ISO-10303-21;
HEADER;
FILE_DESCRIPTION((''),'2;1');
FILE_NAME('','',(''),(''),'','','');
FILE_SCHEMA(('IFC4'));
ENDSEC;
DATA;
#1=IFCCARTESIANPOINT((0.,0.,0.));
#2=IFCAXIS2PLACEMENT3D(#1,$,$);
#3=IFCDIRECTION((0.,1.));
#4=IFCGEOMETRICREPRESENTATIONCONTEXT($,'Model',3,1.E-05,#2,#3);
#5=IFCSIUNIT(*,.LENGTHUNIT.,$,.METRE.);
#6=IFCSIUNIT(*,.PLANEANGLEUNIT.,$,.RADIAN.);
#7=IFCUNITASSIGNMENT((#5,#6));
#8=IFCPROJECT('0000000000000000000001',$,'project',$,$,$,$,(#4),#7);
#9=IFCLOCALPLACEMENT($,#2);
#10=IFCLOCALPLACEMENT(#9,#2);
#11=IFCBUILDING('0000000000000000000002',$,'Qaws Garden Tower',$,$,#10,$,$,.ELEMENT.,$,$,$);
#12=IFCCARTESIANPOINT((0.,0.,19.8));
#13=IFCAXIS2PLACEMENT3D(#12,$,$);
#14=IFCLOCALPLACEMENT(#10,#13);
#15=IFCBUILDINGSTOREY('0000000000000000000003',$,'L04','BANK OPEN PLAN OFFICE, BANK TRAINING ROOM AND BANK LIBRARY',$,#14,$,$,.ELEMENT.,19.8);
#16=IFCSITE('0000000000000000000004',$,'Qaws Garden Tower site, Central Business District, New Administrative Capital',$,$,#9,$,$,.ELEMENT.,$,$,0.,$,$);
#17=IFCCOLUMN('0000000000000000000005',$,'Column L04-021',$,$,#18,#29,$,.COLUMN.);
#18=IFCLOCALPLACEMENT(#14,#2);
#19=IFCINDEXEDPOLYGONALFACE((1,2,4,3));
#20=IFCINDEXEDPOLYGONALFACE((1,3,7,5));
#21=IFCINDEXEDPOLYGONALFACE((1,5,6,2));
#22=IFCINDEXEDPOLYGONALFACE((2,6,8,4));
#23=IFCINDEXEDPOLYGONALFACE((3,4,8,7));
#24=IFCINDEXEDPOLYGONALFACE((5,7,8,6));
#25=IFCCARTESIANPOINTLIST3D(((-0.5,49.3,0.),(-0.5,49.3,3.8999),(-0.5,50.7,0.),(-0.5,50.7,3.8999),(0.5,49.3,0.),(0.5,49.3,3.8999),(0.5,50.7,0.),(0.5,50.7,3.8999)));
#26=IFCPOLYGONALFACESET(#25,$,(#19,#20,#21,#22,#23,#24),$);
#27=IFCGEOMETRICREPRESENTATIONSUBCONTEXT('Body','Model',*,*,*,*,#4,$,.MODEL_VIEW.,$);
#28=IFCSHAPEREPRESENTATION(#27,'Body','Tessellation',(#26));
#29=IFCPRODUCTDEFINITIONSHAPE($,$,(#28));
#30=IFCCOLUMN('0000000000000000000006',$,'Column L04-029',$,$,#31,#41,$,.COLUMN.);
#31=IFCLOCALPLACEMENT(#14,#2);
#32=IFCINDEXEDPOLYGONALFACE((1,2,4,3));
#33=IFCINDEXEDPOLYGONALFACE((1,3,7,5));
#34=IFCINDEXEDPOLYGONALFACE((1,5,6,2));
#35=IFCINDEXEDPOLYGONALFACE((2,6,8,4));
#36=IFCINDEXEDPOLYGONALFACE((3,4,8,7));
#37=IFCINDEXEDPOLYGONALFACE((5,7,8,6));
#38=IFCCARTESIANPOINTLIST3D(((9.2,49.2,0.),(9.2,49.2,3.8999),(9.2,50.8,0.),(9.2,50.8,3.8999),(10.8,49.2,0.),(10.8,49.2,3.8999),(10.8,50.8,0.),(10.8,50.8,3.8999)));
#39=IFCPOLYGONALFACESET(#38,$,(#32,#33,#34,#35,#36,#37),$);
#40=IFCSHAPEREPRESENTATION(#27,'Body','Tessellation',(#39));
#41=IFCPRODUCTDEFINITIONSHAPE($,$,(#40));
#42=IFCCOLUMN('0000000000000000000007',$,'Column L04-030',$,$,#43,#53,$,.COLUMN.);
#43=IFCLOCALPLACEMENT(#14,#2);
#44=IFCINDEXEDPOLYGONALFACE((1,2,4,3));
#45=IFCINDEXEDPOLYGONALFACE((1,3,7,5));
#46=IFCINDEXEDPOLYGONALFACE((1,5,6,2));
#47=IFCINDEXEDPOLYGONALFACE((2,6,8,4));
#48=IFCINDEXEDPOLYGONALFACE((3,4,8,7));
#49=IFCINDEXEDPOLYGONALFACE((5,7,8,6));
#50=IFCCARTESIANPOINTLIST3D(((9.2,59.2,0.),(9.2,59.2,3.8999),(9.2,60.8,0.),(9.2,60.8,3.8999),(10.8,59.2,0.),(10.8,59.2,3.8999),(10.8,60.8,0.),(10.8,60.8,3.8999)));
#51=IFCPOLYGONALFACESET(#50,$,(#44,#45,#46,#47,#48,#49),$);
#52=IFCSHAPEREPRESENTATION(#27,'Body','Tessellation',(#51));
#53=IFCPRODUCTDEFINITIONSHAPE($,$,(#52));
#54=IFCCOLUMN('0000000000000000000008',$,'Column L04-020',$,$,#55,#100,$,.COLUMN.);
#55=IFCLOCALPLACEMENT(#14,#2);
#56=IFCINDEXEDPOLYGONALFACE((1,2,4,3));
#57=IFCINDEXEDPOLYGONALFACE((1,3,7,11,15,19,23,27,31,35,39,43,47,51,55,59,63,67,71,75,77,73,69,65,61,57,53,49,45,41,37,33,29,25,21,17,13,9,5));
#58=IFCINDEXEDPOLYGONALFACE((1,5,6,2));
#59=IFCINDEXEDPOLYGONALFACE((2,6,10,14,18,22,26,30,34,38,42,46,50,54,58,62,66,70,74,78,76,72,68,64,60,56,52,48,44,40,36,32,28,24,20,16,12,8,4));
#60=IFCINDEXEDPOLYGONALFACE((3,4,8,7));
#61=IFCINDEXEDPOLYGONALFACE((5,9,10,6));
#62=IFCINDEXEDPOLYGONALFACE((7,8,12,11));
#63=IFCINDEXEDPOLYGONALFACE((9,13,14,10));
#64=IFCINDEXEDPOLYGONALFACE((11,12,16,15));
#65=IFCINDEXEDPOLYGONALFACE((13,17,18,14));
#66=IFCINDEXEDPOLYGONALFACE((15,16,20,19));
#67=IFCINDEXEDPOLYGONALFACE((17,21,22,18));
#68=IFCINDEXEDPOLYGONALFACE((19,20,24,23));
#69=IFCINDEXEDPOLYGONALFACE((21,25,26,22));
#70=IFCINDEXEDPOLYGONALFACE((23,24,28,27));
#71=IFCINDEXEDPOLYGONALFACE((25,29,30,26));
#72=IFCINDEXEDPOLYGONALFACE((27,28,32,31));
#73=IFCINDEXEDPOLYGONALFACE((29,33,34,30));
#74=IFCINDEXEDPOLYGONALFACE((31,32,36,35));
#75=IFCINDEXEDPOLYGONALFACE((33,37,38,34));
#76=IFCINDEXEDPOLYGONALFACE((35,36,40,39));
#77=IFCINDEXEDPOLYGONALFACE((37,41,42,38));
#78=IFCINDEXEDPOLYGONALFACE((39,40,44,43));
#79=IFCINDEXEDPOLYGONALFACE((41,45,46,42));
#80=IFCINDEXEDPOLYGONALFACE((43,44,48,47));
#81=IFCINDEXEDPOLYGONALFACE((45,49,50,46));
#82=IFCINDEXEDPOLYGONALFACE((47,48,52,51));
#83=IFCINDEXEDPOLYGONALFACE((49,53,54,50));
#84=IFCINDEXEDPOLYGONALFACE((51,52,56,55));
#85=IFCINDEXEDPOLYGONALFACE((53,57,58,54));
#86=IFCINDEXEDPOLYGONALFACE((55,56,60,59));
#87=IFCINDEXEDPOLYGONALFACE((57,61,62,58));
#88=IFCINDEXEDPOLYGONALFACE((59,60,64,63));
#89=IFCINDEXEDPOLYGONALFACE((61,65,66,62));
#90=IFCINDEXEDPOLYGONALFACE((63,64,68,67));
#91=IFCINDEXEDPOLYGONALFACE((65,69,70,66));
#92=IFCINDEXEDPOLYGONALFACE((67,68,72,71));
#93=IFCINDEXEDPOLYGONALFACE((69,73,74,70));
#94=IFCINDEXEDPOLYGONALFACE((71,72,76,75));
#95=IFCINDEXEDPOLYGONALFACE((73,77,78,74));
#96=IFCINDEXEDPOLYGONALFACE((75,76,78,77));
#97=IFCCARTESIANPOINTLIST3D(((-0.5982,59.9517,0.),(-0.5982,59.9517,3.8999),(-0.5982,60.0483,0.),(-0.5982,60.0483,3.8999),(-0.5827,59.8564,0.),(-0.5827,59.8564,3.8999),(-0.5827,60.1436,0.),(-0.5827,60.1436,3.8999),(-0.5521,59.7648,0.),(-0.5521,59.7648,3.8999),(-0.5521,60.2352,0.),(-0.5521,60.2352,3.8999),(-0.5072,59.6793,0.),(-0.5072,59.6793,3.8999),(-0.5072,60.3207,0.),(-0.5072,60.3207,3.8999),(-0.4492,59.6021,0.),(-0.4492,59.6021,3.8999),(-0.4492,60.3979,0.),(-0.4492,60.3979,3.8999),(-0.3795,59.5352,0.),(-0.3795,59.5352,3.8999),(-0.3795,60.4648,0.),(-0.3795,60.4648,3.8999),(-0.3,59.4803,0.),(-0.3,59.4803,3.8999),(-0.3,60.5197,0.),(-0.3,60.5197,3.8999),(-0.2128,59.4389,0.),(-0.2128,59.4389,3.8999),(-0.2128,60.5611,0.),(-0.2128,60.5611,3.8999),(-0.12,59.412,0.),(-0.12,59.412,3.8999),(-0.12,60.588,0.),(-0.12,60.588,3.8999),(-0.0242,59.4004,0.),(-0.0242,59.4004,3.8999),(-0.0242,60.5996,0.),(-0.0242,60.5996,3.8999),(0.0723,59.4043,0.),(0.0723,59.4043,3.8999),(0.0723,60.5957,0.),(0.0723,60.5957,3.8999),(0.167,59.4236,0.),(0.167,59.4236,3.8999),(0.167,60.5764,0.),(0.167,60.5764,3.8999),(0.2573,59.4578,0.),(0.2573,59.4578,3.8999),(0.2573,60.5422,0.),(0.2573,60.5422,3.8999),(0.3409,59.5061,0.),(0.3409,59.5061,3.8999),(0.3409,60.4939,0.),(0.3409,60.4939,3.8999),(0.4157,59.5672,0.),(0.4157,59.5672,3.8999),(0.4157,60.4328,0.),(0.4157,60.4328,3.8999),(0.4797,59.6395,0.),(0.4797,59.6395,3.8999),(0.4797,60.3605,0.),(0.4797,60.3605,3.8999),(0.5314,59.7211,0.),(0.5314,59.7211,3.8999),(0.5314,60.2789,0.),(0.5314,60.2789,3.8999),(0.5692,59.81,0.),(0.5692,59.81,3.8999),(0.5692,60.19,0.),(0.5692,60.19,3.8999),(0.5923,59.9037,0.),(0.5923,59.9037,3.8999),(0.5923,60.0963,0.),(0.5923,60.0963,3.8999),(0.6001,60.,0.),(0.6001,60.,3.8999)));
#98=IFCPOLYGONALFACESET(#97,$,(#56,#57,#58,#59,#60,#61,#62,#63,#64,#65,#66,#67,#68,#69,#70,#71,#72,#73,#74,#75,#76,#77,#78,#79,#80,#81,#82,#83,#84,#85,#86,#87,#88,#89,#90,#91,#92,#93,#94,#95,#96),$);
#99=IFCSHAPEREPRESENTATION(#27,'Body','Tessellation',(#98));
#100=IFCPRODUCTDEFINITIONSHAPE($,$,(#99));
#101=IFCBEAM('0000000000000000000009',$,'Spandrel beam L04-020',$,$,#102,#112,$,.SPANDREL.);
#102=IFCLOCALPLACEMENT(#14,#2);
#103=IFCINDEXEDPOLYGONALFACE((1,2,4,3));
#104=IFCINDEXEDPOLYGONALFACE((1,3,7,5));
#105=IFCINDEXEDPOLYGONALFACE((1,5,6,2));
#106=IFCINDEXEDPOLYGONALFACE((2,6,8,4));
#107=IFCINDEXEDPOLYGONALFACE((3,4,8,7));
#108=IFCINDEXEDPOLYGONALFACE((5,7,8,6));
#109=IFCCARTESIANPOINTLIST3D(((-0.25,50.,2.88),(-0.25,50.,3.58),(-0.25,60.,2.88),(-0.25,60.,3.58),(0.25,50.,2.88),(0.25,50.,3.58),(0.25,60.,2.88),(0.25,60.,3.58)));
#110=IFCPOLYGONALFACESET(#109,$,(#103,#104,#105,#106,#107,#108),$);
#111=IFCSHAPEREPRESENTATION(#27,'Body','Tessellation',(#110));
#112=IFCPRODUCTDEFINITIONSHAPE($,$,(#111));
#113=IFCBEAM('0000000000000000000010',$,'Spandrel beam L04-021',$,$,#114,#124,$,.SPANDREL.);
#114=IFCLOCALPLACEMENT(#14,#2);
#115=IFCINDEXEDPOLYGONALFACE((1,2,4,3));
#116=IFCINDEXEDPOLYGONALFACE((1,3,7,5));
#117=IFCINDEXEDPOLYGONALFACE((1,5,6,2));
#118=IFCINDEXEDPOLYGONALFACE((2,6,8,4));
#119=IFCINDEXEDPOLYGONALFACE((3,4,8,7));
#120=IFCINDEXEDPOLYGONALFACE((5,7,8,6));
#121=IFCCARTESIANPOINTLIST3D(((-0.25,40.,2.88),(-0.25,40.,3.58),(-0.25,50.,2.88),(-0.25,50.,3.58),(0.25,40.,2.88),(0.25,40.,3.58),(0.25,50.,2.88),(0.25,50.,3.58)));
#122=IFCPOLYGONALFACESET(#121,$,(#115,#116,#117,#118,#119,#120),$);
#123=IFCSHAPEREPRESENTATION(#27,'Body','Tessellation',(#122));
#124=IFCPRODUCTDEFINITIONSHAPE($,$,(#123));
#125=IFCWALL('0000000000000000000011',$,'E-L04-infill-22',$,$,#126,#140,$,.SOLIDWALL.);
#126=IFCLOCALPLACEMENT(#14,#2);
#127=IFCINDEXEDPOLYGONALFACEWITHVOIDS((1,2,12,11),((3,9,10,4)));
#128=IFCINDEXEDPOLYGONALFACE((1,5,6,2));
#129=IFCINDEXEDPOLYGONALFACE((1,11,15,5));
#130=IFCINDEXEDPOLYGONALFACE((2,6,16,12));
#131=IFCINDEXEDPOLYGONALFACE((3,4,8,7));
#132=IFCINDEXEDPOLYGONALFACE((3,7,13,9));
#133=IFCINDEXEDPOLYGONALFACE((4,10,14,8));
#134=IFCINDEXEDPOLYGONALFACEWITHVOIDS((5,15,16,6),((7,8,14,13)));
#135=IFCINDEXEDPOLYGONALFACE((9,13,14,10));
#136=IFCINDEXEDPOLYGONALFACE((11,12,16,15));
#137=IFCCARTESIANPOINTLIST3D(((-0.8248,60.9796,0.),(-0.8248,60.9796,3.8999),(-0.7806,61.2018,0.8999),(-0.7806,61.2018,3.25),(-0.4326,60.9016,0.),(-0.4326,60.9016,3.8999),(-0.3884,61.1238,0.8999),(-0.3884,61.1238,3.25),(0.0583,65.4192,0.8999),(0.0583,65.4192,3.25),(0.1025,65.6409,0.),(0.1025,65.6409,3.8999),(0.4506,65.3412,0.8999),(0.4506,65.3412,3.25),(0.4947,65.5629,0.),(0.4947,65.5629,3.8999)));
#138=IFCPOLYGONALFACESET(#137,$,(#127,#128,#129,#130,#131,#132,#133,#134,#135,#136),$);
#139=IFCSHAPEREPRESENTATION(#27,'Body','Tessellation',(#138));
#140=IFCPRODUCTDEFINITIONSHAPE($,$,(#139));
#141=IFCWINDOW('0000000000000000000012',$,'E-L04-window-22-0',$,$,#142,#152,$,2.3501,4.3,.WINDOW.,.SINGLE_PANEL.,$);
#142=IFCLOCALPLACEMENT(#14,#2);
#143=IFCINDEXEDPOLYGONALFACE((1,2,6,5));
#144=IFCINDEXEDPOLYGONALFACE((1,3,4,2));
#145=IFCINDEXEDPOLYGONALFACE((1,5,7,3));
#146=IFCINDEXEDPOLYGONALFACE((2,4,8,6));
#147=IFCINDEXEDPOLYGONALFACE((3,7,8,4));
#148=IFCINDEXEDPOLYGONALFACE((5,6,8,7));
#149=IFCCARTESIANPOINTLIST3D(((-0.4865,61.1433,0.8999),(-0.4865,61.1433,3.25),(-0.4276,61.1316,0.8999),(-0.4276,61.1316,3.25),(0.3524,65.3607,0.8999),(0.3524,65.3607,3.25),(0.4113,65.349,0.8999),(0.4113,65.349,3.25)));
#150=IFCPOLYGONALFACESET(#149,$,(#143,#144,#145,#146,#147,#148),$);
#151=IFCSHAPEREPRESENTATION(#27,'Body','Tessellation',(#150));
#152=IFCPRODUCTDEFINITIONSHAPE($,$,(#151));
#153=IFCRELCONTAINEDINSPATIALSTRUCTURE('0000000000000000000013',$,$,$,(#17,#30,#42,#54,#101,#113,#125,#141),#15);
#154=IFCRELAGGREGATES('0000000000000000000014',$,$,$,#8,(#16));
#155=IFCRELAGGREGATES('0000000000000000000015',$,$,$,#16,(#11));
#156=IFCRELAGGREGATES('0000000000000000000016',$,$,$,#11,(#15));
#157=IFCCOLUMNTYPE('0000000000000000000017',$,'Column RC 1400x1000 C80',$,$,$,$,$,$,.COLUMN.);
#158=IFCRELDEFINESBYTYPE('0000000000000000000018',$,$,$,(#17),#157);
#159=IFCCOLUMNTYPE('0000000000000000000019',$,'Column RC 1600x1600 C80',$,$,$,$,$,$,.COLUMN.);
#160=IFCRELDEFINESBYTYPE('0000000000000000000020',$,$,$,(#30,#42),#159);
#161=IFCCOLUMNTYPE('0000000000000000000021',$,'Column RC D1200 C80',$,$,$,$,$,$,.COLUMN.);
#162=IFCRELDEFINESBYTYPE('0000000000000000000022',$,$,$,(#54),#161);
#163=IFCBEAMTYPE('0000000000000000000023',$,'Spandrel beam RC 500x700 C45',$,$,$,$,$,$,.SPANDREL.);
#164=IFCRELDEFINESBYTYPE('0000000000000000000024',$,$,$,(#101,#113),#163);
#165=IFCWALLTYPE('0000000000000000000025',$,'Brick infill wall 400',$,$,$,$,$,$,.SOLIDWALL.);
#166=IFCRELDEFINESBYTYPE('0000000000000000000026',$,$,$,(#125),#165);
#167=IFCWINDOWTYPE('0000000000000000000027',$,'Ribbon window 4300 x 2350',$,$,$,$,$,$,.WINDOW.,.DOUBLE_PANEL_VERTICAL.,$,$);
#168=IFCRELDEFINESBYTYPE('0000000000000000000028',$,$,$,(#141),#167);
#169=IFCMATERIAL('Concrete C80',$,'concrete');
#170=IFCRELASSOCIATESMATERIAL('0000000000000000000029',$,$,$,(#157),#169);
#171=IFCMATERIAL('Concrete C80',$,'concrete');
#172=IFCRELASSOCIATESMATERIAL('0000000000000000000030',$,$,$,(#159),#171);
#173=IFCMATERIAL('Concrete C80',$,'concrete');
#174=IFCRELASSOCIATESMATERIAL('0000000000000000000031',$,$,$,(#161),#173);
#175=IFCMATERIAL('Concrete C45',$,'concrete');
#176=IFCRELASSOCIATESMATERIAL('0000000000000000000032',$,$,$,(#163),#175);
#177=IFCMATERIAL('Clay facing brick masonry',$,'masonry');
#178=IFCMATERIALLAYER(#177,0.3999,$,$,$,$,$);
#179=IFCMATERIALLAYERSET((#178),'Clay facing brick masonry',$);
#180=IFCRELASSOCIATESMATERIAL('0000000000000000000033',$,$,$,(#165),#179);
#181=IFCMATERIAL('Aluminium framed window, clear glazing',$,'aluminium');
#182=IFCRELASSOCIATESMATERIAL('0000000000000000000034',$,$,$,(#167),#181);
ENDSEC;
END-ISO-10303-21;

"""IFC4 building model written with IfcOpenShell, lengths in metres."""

from ifc_helpers import new_model, si_unit, direction, frame, frame_2d, origin, origin_2d, place, context, subcontext, project, spatial, rectangle, circle, extrude, material, layer, layer_set, material_profile, profile_set, type_object, element, fill, save


model = new_model("IFC4")

# Units and contexts
model_context = context("Model", 3, precision=1e-05, world=origin(), true_north=direction((0.0, 1.0)))
body_context = subcontext(model_context, "Body", "Model", "MODEL_VIEW")
ifc_project = project(units=[si_unit("LENGTHUNIT", "METRE"), si_unit("PLANEANGLEUNIT", "RADIAN")], contexts=[model_context])

# Site, building, storey
site_placement = place(None, origin())
site = spatial("IfcSite", under=ifc_project, at=site_placement, Name="Qaws Garden Tower site, Central Business District, New Administrative Capital", CompositionType="ELEMENT", RefElevation=0.0)
building_placement = place(site_placement, origin())
building = spatial("IfcBuilding", under=site, at=building_placement, Name="Qaws Garden Tower", CompositionType="ELEMENT")
storey_placement = place(building_placement, frame((0.0, 0.0, 19.8)))
storey = spatial("IfcBuildingStorey", under=building, at=storey_placement, Name="L04", Description="BANK OPEN PLAN OFFICE, BANK TRAINING ROOM AND BANK LIBRARY", CompositionType="ELEMENT", Elevation=19.8)

# Columns
ifc_material_1 = material(Name="Concrete C80", Category="concrete")
ifc_material_profile_1 = material_profile(ifc_material_1, rectangle(XDim=1.3999, YDim=1.0, at=origin_2d()), Name="RC 1400x1000")
ifc_profile_set_1 = profile_set([ifc_material_profile_1], Name="Concrete C80")
column_type_1 = type_object("IfcColumnType", Name="Column RC 1400x1000 C80", PredefinedType="COLUMN", material=ifc_profile_set_1)
column_1_placement = place(storey_placement, frame((0.0, 50.0, 0.0), z_axis=(0.0, 0.0, 1.0), x_axis=(0.0, 1.0, 0.0)))
element("IfcColumn", 1, at=column_1_placement, inside=storey, type_object=column_type_1, Name="Column L04-021", PredefinedType="COLUMN", context=body_context, shape_type="SweptSolid", body=[
    extrude(rectangle(XDim=1.3999, YDim=1.0, at=origin_2d()), origin(), (0.0, 0.0, 1.0), 3.8999),
])
ifc_material_2 = material(Name="Concrete C80", Category="concrete")
ifc_material_profile_2 = material_profile(ifc_material_2, rectangle(XDim=1.6001, YDim=1.6001, at=origin_2d()), Name="RC 1600x1600")
ifc_profile_set_2 = profile_set([ifc_material_profile_2], Name="Concrete C80")
column_type_2 = type_object("IfcColumnType", Name="Column RC 1600x1600 C80", PredefinedType="COLUMN", material=ifc_profile_set_2)
for number, where, z_axis, x_axis, name in (
    (2, (10.0, 50.0, 0.0), (0.0, 0.0, 1.0), (1.0, 0.0, 0.0), "Column L04-029"),
    (3, (10.0, 60.0, 0.0), (0.0, 0.0, 1.0), (1.0, 0.0, 0.0), "Column L04-030"),
):
    element("IfcColumn", number, at=place(storey_placement, frame(where, z_axis=z_axis, x_axis=x_axis)), inside=storey, type_object=column_type_2, Name=name, PredefinedType="COLUMN", context=body_context, shape_type="SweptSolid", body=[
        extrude(rectangle(XDim=1.6001, YDim=1.6001, at=origin_2d()), origin(), (0.0, 0.0, 1.0), 3.8999),
    ])
ifc_material_3 = material(Name="Concrete C80", Category="concrete")
ifc_material_profile_3 = material_profile(ifc_material_3, circle(Radius=0.6001, at=origin_2d()), Name="RC D1200")
ifc_profile_set_3 = profile_set([ifc_material_profile_3], Name="Concrete C80")
column_type_3 = type_object("IfcColumnType", Name="Column RC D1200 C80", PredefinedType="COLUMN", material=ifc_profile_set_3)
column_2_placement = place(storey_placement, frame((0.0, 60.0, 0.0), z_axis=(0.0, 0.0, 1.0), x_axis=(1.0, 0.0, 0.0)))
element("IfcColumn", 4, at=column_2_placement, inside=storey, type_object=column_type_3, Name="Column L04-020", PredefinedType="COLUMN", context=body_context, shape_type="SweptSolid", body=[
    extrude(circle(Radius=0.6001, at=origin_2d()), origin(), (0.0, 0.0, 1.0), 3.8999),
])

# Beams
ifc_material_4 = material(Name="Concrete C45", Category="concrete")
ifc_material_profile_4 = material_profile(ifc_material_4, rectangle(XDim=0.5, YDim=0.7, at=origin_2d()), Name="RC 500x700")
ifc_profile_set_4 = profile_set([ifc_material_profile_4], Name="Concrete C45")
beam_type = type_object("IfcBeamType", Name="Spandrel beam RC 500x700 C45", PredefinedType="SPANDREL", material=ifc_profile_set_4)
for number, where, z_axis, x_axis, name in (
    (5, (0.0, 60.0, 3.23), (0.0, -1.0, 0.0), (1.0, 0.0, 0.0), "Spandrel beam L04-020"),
    (6, (0.0, 50.0, 3.23), (0.0, -1.0, 0.0), (1.0, 0.0, 0.0), "Spandrel beam L04-021"),
):
    element("IfcBeam", number, at=place(storey_placement, frame(where, z_axis=z_axis, x_axis=x_axis)), inside=storey, type_object=beam_type, Name=name, PredefinedType="SPANDREL", context=body_context, shape_type="SweptSolid", body=[
        extrude(rectangle(XDim=0.5, YDim=0.7, at=origin_2d()), origin(), (0.0, 0.0, 1.0), 10.0),
    ])

# Wall, opening, window
ifc_material_5 = material(Name="Clay facing brick masonry", Category="masonry")
ifc_layer_1 = layer(ifc_material_5, 0.3999)
ifc_layer_set_1 = layer_set([ifc_layer_1], Name="Clay facing brick masonry")
wall_type_1 = type_object("IfcWallType", Name="Brick infill wall 400", PredefinedType="SOLIDWALL", material=ifc_layer_set_1)
wall_1_placement = place(storey_placement, frame((0.2986, 65.6021, 0.0), z_axis=(0.0, 0.0, 1.0), x_axis=(-0.195099, -0.980784, 0.0)))
wall_1 = element("IfcWall", 7, at=wall_1_placement, inside=storey, type_object=wall_type_1, Name="E-L04-infill-22", PredefinedType="SOLIDWALL", context=body_context, shape_type="SweptSolid", body=[
    extrude(rectangle(XDim=4.7527, YDim=0.3999, at=frame_2d((2.3765, 0.0))), origin(), (0.0, 0.0, 1.0), 3.8999),
])
opening_1_placement = place(wall_1_placement, frame((0.2263, 0.0, 0.8999)))
opening_1 = element("IfcOpeningElement", 8, at=opening_1_placement, cuts=wall_1, PredefinedType="OPENING", context=body_context, shape_type="SweptSolid", body=[
    extrude(rectangle(XDim=4.3, YDim=2.3501, at=frame_2d((2.1499, 1.175))), frame((0.0, 0.21, 0.0), z_axis=(0.0, -1.0, 0.0), x_axis=(1.0, 0.0, 0.0)), (0.0, 0.0, 1.0), 0.4199),
])
ifc_material_6 = material(Name="Aluminium framed window, clear glazing", Category="aluminium")
window_type_1 = type_object("IfcWindowType", Name="Ribbon window 4300 x 2350", PartitioningType="DOUBLE_PANEL_VERTICAL", PredefinedType="WINDOW", material=ifc_material_6)
window_1_placement = place(opening_1_placement, origin())
window_1 = element("IfcWindow", 9, at=window_1_placement, inside=storey, type_object=window_type_1, Name="E-L04-window-22-0", OverallHeight=2.3501, OverallWidth=4.3, PartitioningType="SINGLE_PANEL", PredefinedType="WINDOW", context=body_context, shape_type="SweptSolid", body=[
    extrude(rectangle(XDim=4.3, YDim=2.3501, at=frame_2d((2.1499, 1.175))), frame((0.0, 0.1599, 0.0), z_axis=(0.0, -1.0, 0.0), x_axis=(1.0, 0.0, 0.0)), (0.0, 0.0, 1.0), 0.0601),
])
fill(opening_1, window_1)

save(model, "model.ifc")
